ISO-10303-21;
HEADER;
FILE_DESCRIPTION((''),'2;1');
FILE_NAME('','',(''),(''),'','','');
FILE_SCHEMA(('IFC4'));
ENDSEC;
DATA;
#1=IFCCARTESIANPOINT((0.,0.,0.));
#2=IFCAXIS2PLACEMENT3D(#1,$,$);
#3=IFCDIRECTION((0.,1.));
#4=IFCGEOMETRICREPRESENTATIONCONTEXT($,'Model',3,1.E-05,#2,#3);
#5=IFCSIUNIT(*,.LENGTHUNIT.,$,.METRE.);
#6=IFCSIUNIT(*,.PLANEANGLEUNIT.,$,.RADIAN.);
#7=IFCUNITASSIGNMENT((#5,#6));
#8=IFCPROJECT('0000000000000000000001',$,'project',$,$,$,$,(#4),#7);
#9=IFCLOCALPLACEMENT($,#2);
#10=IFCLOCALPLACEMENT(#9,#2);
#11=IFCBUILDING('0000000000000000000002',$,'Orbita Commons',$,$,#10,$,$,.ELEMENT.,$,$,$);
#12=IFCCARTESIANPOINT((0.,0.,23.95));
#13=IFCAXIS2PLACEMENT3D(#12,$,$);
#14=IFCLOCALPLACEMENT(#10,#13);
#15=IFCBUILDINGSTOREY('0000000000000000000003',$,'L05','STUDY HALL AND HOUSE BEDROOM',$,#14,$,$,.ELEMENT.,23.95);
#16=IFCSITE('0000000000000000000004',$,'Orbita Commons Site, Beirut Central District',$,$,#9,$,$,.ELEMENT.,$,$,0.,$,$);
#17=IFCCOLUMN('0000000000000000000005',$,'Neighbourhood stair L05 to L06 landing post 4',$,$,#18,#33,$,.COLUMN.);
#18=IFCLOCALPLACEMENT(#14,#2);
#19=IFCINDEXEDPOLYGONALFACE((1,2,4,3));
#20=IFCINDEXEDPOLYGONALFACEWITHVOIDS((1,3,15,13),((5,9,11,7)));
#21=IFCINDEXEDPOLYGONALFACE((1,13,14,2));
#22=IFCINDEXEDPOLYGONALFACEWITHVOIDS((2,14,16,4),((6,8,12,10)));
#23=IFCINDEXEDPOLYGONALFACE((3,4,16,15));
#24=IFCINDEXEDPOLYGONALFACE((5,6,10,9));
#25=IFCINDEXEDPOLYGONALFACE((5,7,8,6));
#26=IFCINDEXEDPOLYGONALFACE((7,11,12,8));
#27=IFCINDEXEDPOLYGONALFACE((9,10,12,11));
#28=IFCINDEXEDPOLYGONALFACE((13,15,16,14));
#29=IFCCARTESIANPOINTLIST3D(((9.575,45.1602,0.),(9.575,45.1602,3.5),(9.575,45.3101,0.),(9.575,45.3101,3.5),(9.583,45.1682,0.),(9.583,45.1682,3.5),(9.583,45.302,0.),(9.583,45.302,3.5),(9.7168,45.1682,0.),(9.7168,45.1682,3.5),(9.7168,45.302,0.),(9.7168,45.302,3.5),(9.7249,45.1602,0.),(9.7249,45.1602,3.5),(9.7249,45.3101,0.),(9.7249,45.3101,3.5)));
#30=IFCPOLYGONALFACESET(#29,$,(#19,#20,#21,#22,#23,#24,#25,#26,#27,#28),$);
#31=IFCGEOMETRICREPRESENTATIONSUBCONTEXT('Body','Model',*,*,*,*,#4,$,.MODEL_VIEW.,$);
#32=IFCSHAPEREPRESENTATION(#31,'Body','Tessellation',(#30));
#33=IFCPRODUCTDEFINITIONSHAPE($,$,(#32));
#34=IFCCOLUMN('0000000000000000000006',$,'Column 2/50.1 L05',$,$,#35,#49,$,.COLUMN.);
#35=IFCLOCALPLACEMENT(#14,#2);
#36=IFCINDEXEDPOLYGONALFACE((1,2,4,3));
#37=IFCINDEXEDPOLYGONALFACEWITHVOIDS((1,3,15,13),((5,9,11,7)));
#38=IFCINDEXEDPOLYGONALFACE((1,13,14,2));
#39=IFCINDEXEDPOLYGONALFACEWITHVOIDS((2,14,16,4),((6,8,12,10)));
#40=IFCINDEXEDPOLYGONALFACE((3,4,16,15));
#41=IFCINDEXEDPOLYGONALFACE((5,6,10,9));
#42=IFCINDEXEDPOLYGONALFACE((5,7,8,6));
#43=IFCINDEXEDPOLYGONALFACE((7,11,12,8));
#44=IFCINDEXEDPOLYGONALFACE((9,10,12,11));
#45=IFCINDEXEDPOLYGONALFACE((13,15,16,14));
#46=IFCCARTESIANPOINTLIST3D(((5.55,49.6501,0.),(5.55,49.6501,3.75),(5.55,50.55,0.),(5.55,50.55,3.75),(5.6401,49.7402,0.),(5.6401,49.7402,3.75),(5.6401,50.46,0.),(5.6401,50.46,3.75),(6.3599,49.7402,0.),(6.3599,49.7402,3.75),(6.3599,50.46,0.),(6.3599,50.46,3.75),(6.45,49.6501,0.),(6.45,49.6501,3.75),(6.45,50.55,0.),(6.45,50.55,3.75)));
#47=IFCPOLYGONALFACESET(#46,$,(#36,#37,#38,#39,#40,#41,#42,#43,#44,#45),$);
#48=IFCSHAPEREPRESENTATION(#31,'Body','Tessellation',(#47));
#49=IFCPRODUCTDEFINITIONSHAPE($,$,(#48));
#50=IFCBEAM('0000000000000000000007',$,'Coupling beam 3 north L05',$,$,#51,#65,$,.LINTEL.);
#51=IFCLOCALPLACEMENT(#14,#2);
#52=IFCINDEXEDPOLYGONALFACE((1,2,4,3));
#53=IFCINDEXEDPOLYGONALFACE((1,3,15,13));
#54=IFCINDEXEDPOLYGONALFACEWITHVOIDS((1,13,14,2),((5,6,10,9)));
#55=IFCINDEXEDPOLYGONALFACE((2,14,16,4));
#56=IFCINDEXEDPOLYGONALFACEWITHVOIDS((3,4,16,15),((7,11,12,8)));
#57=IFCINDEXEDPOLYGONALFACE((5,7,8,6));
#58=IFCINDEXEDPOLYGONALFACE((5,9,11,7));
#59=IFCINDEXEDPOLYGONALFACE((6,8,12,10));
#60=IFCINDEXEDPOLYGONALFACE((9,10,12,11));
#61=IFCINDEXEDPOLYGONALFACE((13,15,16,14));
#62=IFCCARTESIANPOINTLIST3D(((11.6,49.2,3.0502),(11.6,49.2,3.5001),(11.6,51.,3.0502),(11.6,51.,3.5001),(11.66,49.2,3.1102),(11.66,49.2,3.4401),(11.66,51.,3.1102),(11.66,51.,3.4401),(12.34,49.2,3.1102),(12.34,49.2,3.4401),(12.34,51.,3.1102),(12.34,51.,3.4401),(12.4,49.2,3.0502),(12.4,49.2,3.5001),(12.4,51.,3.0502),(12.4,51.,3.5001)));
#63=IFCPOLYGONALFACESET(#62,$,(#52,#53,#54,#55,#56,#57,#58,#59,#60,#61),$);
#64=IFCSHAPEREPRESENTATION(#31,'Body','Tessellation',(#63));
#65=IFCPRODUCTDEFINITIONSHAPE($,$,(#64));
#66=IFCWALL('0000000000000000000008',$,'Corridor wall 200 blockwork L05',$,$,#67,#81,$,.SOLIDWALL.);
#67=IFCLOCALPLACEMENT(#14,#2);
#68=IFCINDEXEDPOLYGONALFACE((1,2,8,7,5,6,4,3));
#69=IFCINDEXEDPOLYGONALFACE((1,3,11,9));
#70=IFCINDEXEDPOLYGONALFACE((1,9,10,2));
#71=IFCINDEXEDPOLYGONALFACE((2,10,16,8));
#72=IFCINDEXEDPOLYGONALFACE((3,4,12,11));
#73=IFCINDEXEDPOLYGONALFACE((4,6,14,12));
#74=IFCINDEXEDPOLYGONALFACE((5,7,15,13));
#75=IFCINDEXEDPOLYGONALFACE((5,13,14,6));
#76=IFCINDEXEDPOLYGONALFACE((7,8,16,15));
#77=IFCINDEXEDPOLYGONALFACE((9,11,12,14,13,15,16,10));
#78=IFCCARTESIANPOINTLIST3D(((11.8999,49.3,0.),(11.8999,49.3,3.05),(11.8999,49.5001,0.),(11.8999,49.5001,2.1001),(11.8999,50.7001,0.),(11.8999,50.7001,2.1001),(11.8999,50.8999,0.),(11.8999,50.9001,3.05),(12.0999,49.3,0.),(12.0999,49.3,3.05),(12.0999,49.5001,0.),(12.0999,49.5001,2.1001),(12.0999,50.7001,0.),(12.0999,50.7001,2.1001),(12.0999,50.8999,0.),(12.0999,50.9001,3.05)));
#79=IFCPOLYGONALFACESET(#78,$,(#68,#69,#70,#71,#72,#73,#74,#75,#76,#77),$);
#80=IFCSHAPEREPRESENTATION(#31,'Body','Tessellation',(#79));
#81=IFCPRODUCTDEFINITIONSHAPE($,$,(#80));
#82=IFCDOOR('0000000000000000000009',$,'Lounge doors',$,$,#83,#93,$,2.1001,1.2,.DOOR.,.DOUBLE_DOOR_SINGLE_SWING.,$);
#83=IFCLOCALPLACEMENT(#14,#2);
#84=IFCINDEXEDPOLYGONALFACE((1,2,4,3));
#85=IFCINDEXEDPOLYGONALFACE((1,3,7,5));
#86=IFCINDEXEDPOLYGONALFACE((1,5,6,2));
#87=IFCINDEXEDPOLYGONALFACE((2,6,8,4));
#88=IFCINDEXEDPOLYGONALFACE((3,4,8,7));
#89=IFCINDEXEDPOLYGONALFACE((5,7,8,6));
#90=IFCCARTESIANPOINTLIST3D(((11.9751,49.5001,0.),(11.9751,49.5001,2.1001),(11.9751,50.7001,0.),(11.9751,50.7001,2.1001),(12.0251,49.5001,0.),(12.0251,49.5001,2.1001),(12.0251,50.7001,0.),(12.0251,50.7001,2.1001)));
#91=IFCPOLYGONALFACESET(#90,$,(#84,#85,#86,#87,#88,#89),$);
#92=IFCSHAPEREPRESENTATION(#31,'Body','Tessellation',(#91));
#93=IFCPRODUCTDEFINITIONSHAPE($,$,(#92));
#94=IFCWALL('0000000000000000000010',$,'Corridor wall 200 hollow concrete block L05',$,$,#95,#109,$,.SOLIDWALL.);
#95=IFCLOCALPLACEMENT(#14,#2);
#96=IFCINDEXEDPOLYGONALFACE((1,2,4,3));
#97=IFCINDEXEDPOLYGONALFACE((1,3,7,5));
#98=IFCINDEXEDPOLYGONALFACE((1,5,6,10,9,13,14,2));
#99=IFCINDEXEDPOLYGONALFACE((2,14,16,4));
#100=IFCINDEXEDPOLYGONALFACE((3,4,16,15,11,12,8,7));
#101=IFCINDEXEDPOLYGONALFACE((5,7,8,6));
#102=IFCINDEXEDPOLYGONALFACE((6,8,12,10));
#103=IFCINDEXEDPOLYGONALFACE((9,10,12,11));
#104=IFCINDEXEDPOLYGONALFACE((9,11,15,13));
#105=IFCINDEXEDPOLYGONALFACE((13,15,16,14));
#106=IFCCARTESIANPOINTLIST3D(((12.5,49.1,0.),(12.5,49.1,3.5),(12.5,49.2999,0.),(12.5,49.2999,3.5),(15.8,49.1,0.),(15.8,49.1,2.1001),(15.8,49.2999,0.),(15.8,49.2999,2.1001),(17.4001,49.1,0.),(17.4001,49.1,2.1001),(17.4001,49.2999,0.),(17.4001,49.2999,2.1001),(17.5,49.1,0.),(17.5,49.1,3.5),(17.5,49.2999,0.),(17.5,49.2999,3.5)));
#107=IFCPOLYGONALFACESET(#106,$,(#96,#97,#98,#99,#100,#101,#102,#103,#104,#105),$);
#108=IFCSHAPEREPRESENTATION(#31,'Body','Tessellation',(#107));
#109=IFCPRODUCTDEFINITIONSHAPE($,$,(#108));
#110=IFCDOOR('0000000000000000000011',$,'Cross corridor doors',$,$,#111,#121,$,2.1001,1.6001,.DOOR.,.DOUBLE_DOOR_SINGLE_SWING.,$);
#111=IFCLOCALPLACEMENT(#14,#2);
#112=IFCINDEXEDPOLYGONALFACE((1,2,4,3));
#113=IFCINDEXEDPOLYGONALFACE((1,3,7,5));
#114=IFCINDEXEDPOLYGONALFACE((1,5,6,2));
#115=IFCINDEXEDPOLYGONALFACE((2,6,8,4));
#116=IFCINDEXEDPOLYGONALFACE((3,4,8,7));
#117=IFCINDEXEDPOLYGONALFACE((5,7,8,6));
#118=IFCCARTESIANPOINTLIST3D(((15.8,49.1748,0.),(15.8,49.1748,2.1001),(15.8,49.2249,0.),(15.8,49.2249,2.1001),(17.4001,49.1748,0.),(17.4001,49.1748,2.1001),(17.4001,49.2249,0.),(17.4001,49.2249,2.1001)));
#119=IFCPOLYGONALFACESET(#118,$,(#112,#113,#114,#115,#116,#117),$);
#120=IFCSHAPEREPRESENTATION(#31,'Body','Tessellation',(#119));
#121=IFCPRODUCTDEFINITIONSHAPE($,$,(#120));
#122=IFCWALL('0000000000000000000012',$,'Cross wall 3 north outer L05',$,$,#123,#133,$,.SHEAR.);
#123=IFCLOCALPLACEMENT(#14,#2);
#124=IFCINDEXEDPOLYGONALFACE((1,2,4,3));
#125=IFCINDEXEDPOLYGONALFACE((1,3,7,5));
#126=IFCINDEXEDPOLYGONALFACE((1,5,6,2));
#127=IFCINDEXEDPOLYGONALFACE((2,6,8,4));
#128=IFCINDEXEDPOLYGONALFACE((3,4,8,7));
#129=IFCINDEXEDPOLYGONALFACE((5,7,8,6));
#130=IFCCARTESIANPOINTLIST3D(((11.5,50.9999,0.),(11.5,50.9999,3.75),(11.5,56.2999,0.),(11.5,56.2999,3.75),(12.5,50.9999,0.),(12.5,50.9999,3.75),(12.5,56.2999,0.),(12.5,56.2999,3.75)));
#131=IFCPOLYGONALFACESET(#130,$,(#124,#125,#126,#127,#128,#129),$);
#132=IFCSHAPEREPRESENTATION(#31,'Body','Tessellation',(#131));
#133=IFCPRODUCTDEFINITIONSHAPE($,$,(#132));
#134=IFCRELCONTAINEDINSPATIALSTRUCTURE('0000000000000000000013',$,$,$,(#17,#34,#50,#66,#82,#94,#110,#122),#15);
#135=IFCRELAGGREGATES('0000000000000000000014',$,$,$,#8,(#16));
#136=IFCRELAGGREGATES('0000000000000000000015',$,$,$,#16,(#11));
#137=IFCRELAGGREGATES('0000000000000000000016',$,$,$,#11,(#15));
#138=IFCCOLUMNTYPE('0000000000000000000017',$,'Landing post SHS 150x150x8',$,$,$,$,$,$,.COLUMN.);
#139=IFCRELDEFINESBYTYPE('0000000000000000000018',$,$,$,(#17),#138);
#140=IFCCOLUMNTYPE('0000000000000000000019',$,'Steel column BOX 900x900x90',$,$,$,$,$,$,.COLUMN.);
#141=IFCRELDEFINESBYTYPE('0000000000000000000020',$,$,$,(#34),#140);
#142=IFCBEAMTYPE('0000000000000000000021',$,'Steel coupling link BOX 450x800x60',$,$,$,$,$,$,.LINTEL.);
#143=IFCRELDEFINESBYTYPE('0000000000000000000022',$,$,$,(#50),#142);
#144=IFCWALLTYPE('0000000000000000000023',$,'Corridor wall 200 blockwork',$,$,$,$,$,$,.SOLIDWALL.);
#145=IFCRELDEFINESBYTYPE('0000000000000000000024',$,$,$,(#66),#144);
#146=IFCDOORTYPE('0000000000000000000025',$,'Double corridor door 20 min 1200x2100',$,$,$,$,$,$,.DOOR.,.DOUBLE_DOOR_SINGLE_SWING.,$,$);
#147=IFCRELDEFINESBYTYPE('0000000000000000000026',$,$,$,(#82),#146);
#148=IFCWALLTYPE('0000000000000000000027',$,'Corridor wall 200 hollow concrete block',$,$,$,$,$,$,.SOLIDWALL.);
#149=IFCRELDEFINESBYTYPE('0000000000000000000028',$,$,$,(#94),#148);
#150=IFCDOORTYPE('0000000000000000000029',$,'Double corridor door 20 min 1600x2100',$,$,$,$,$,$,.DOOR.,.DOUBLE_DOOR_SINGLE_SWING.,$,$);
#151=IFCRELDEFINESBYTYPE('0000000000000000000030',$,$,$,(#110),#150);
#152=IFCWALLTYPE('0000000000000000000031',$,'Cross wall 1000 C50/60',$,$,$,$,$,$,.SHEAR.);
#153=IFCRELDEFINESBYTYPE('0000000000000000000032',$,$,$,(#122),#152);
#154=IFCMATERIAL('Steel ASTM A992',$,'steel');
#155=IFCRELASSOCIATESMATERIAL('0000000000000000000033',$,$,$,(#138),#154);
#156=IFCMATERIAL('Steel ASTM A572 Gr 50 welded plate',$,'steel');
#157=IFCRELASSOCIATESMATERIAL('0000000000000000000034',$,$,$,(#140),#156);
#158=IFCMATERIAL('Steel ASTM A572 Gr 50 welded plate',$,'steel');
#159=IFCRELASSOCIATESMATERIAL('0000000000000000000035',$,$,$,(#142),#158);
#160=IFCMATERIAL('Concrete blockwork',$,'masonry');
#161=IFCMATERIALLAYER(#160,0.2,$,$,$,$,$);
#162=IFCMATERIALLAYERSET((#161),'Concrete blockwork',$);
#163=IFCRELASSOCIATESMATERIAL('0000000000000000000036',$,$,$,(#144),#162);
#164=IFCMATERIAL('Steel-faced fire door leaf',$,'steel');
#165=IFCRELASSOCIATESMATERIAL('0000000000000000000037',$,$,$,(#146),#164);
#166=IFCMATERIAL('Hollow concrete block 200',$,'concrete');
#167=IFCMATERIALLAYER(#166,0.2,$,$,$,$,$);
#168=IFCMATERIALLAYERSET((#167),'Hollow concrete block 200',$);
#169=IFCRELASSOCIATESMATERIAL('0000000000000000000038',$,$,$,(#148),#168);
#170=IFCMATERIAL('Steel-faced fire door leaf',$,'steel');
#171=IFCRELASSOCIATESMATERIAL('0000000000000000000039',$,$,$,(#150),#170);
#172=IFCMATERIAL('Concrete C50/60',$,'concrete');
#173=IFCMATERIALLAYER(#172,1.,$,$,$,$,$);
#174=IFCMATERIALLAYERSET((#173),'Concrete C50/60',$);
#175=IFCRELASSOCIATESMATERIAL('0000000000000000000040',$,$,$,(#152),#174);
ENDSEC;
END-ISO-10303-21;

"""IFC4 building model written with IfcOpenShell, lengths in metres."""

from ifc_helpers import new_model, si_unit, direction, frame, frame_2d, origin, origin_2d, place, context, subcontext, project, spatial, polyline, rectangle, hollow_rectangle, outline, extrude, material, layer, layer_set, material_profile, profile_set, type_object, element, fill, save


model = new_model("IFC4")

# Units and contexts
model_context = context("Model", 3, precision=1e-05, world=origin(), true_north=direction((0.0, 1.0)))
body_context = subcontext(model_context, "Body", "Model", "MODEL_VIEW")
ifc_project = project(units=[si_unit("LENGTHUNIT", "METRE"), si_unit("PLANEANGLEUNIT", "RADIAN")], contexts=[model_context])

# Site, building, storey
site_placement = place(None, origin())
site = spatial("IfcSite", under=ifc_project, at=site_placement, Name="Orbita Commons Site, Beirut Central District", CompositionType="ELEMENT", RefElevation=0.0)
building_placement = place(site_placement, origin())
building = spatial("IfcBuilding", under=site, at=building_placement, Name="Orbita Commons", CompositionType="ELEMENT")
storey_placement = place(building_placement, frame((0.0, 0.0, 23.95)))
storey = spatial("IfcBuildingStorey", under=building, at=storey_placement, Name="L05", Description="STUDY HALL AND HOUSE BEDROOM", CompositionType="ELEMENT", Elevation=23.95)

# Columns
ifc_material_1 = material(Name="Steel ASTM A992", Category="steel")
ifc_material_profile_1 = material_profile(ifc_material_1, hollow_rectangle(XDim=0.1499, YDim=0.1499, WallThickness=0.0081, at=origin_2d()), Name="SHS 150x150x8")
ifc_profile_set_1 = profile_set([ifc_material_profile_1], Name="Steel ASTM A992")
column_type_1 = type_object("IfcColumnType", Name="Landing post SHS 150x150x8", PredefinedType="COLUMN", material=ifc_profile_set_1)
column_1_placement = place(storey_placement, frame((9.6499, 45.2351, 0.0), z_axis=(0.0, 0.0, 1.0), x_axis=(1.0, 0.0, 0.0)))
element("IfcColumn", 1, at=column_1_placement, inside=storey, type_object=column_type_1, Name="Neighbourhood stair L05 to L06 landing post 4", PredefinedType="COLUMN", context=body_context, shape_type="SweptSolid", body=[
    extrude(hollow_rectangle(XDim=0.1499, YDim=0.1499, WallThickness=0.0081, at=origin_2d()), origin(), (0.0, 0.0, 1.0), 3.5),
])
ifc_material_2 = material(Name="Steel ASTM A572 Gr 50 welded plate", Category="steel")
ifc_material_profile_2 = material_profile(ifc_material_2, hollow_rectangle(XDim=0.8999, YDim=0.8999, WallThickness=0.0901, at=origin_2d()), Name="BOX 900x900x90")
ifc_profile_set_2 = profile_set([ifc_material_profile_2], Name="Steel ASTM A572 Gr 50 welded plate")
column_type_2 = type_object("IfcColumnType", Name="Steel column BOX 900x900x90", PredefinedType="COLUMN", material=ifc_profile_set_2)
column_2_placement = place(storey_placement, frame((6.0, 50.1001, 0.0), z_axis=(0.0, 0.0, 1.0), x_axis=(1.0, 0.0, 0.0)))
element("IfcColumn", 2, at=column_2_placement, inside=storey, type_object=column_type_2, Name="Column 2/50.1 L05", PredefinedType="COLUMN", context=body_context, shape_type="SweptSolid", body=[
    extrude(hollow_rectangle(XDim=0.8999, YDim=0.8999, WallThickness=0.0901, at=origin_2d()), origin(), (0.0, 0.0, 1.0), 3.75),
])

# Beam
ifc_material_3 = material(Name="Steel ASTM A572 Gr 50 welded plate", Category="steel")
ifc_material_profile_3 = material_profile(ifc_material_3, hollow_rectangle(XDim=0.8, YDim=0.45, WallThickness=0.0601, at=origin_2d()), Name="BOX 450x800x60")
ifc_profile_set_3 = profile_set([ifc_material_profile_3], Name="Steel ASTM A572 Gr 50 welded plate")
beam_type = type_object("IfcBeamType", Name="Steel coupling link BOX 450x800x60", PredefinedType="LINTEL", material=ifc_profile_set_3)
beam_placement = place(storey_placement, frame((12.0, 49.2, 3.2751), z_axis=(0.0, 1.0, 0.0), x_axis=(-1.0, 0.0, 0.0)))
element("IfcBeam", 3, at=beam_placement, inside=storey, type_object=beam_type, Name="Coupling beam 3 north L05", PredefinedType="LINTEL", context=body_context, shape_type="SweptSolid", body=[
    extrude(hollow_rectangle(XDim=0.8, YDim=0.45, WallThickness=0.0601, at=origin_2d()), origin(), (0.0, 0.0, 1.0), 1.8),
])

# Walls, openings, doors
ifc_material_4 = material(Name="Concrete blockwork", Category="masonry")
ifc_layer_1 = layer(ifc_material_4, 0.2)
ifc_layer_set_1 = layer_set([ifc_layer_1], Name="Concrete blockwork")
wall_type_1 = type_object("IfcWallType", Name="Corridor wall 200 blockwork", PredefinedType="SOLIDWALL", material=ifc_layer_set_1)
wall_1_placement = place(storey_placement, frame((12.0, 49.3, 0.0), z_axis=(0.0, 0.0, 1.0), x_axis=(0.0, 1.0, 0.0)))
wall_1 = element("IfcWall", 4, at=wall_1_placement, inside=storey, type_object=wall_type_1, Name="Corridor wall 200 blockwork L05", PredefinedType="SOLIDWALL", context=body_context, shape_type="SweptSolid", body=[
    extrude(outline(polyline([(0.0, 0.0), (1.5999, 0.0), (1.6001, 3.05), (0.0, 3.05), (0.0, 0.0)])), frame((0.0, 0.1001, 0.0), z_axis=(0.0, -1.0, 0.0), x_axis=(1.0, 0.0, 0.0)), (0.0, 0.0, 1.0), 0.2),
])
opening_1_placement = place(wall_1_placement, frame((0.2, 0.0, 0.0)))
opening_1 = element("IfcOpeningElement", 5, at=opening_1_placement, cuts=wall_1, PredefinedType="OPENING", context=body_context, shape_type="SweptSolid", body=[
    extrude(rectangle(XDim=1.2, YDim=2.1001, at=frame_2d((0.6001, 1.05))), frame((0.0, 0.1099, 0.0), z_axis=(0.0, -1.0, 0.0), x_axis=(1.0, 0.0, 0.0)), (0.0, 0.0, 1.0), 0.22),
])
ifc_material_5 = material(Name="Steel-faced fire door leaf", Category="steel")
door_type_1 = type_object("IfcDoorType", Name="Double corridor door 20 min 1200x2100", OperationType="DOUBLE_DOOR_SINGLE_SWING", PredefinedType="DOOR", material=ifc_material_5)
door_1_placement = place(opening_1_placement, origin())
door_1 = element("IfcDoor", 6, at=door_1_placement, inside=storey, type_object=door_type_1, Name="Lounge doors", OperationType="DOUBLE_DOOR_SINGLE_SWING", OverallHeight=2.1001, OverallWidth=1.2, PredefinedType="DOOR", context=body_context, shape_type="SweptSolid", body=[
    extrude(rectangle(XDim=1.2, YDim=2.1001, at=frame_2d((0.6001, 1.05))), frame((0.0, 0.0249, 0.0), z_axis=(0.0, -1.0, 0.0), x_axis=(1.0, 0.0, 0.0)), (0.0, 0.0, 1.0), 0.05),
])
fill(opening_1, door_1)
ifc_material_6 = material(Name="Hollow concrete block 200", Category="concrete")
ifc_layer_2 = layer(ifc_material_6, 0.2)
ifc_layer_set_2 = layer_set([ifc_layer_2], Name="Hollow concrete block 200")
wall_type_2 = type_object("IfcWallType", Name="Corridor wall 200 hollow concrete block", PredefinedType="SOLIDWALL", material=ifc_layer_set_2)
wall_2_placement = place(storey_placement, frame((12.5, 49.2, 0.0), z_axis=(0.0, 0.0, 1.0), x_axis=(1.0, 0.0, 0.0)))
wall_2 = element("IfcWall", 7, at=wall_2_placement, inside=storey, type_object=wall_type_2, Name="Corridor wall 200 hollow concrete block L05", PredefinedType="SOLIDWALL", context=body_context, shape_type="SweptSolid", body=[
    extrude(rectangle(XDim=5.0, YDim=0.2, at=frame_2d((2.5, 0.0))), origin(), (0.0, 0.0, 1.0), 3.5),
])
opening_2_placement = place(wall_2_placement, frame((3.3, 0.0, 0.0)))
opening_2 = element("IfcOpeningElement", 8, at=opening_2_placement, cuts=wall_2, PredefinedType="OPENING", context=body_context, shape_type="SweptSolid", body=[
    extrude(rectangle(XDim=1.6001, YDim=2.1001, at=frame_2d((0.8, 1.05))), frame((0.0, 0.1099, 0.0), z_axis=(0.0, -1.0, 0.0), x_axis=(1.0, 0.0, 0.0)), (0.0, 0.0, 1.0), 0.22),
])
ifc_material_7 = material(Name="Steel-faced fire door leaf", Category="steel")
door_type_2 = type_object("IfcDoorType", Name="Double corridor door 20 min 1600x2100", OperationType="DOUBLE_DOOR_SINGLE_SWING", PredefinedType="DOOR", material=ifc_material_7)
door_2_placement = place(opening_2_placement, origin())
door_2 = element("IfcDoor", 9, at=door_2_placement, inside=storey, type_object=door_type_2, Name="Cross corridor doors", OperationType="DOUBLE_DOOR_SINGLE_SWING", OverallHeight=2.1001, OverallWidth=1.6001, PredefinedType="DOOR", context=body_context, shape_type="SweptSolid", body=[
    extrude(rectangle(XDim=1.6001, YDim=2.1001, at=frame_2d((0.8, 1.05))), frame((0.0, 0.0249, 0.0), z_axis=(0.0, -1.0, 0.0), x_axis=(1.0, 0.0, 0.0)), (0.0, 0.0, 1.0), 0.05),
])
fill(opening_2, door_2)

# Wall
ifc_material_8 = material(Name="Concrete C50/60", Category="concrete")
ifc_layer_3 = layer(ifc_material_8, 1.0)
ifc_layer_set_3 = layer_set([ifc_layer_3], Name="Concrete C50/60")
wall_type_3 = type_object("IfcWallType", Name="Cross wall 1000 C50/60", PredefinedType="SHEAR", material=ifc_layer_set_3)
wall_3_placement = place(storey_placement, frame((12.0, 51.0, 0.0), z_axis=(0.0, 0.0, 1.0), x_axis=(0.0, 1.0, 0.0)))
element("IfcWall", 10, at=wall_3_placement, inside=storey, type_object=wall_type_3, Name="Cross wall 3 north outer L05", PredefinedType="SHEAR", context=body_context, shape_type="SweptSolid", body=[
    extrude(rectangle(XDim=5.3, YDim=1.0, at=frame_2d((2.6499, 0.0))), origin(), (0.0, 0.0, 1.0), 3.75),
])

save(model, "model.ifc")
